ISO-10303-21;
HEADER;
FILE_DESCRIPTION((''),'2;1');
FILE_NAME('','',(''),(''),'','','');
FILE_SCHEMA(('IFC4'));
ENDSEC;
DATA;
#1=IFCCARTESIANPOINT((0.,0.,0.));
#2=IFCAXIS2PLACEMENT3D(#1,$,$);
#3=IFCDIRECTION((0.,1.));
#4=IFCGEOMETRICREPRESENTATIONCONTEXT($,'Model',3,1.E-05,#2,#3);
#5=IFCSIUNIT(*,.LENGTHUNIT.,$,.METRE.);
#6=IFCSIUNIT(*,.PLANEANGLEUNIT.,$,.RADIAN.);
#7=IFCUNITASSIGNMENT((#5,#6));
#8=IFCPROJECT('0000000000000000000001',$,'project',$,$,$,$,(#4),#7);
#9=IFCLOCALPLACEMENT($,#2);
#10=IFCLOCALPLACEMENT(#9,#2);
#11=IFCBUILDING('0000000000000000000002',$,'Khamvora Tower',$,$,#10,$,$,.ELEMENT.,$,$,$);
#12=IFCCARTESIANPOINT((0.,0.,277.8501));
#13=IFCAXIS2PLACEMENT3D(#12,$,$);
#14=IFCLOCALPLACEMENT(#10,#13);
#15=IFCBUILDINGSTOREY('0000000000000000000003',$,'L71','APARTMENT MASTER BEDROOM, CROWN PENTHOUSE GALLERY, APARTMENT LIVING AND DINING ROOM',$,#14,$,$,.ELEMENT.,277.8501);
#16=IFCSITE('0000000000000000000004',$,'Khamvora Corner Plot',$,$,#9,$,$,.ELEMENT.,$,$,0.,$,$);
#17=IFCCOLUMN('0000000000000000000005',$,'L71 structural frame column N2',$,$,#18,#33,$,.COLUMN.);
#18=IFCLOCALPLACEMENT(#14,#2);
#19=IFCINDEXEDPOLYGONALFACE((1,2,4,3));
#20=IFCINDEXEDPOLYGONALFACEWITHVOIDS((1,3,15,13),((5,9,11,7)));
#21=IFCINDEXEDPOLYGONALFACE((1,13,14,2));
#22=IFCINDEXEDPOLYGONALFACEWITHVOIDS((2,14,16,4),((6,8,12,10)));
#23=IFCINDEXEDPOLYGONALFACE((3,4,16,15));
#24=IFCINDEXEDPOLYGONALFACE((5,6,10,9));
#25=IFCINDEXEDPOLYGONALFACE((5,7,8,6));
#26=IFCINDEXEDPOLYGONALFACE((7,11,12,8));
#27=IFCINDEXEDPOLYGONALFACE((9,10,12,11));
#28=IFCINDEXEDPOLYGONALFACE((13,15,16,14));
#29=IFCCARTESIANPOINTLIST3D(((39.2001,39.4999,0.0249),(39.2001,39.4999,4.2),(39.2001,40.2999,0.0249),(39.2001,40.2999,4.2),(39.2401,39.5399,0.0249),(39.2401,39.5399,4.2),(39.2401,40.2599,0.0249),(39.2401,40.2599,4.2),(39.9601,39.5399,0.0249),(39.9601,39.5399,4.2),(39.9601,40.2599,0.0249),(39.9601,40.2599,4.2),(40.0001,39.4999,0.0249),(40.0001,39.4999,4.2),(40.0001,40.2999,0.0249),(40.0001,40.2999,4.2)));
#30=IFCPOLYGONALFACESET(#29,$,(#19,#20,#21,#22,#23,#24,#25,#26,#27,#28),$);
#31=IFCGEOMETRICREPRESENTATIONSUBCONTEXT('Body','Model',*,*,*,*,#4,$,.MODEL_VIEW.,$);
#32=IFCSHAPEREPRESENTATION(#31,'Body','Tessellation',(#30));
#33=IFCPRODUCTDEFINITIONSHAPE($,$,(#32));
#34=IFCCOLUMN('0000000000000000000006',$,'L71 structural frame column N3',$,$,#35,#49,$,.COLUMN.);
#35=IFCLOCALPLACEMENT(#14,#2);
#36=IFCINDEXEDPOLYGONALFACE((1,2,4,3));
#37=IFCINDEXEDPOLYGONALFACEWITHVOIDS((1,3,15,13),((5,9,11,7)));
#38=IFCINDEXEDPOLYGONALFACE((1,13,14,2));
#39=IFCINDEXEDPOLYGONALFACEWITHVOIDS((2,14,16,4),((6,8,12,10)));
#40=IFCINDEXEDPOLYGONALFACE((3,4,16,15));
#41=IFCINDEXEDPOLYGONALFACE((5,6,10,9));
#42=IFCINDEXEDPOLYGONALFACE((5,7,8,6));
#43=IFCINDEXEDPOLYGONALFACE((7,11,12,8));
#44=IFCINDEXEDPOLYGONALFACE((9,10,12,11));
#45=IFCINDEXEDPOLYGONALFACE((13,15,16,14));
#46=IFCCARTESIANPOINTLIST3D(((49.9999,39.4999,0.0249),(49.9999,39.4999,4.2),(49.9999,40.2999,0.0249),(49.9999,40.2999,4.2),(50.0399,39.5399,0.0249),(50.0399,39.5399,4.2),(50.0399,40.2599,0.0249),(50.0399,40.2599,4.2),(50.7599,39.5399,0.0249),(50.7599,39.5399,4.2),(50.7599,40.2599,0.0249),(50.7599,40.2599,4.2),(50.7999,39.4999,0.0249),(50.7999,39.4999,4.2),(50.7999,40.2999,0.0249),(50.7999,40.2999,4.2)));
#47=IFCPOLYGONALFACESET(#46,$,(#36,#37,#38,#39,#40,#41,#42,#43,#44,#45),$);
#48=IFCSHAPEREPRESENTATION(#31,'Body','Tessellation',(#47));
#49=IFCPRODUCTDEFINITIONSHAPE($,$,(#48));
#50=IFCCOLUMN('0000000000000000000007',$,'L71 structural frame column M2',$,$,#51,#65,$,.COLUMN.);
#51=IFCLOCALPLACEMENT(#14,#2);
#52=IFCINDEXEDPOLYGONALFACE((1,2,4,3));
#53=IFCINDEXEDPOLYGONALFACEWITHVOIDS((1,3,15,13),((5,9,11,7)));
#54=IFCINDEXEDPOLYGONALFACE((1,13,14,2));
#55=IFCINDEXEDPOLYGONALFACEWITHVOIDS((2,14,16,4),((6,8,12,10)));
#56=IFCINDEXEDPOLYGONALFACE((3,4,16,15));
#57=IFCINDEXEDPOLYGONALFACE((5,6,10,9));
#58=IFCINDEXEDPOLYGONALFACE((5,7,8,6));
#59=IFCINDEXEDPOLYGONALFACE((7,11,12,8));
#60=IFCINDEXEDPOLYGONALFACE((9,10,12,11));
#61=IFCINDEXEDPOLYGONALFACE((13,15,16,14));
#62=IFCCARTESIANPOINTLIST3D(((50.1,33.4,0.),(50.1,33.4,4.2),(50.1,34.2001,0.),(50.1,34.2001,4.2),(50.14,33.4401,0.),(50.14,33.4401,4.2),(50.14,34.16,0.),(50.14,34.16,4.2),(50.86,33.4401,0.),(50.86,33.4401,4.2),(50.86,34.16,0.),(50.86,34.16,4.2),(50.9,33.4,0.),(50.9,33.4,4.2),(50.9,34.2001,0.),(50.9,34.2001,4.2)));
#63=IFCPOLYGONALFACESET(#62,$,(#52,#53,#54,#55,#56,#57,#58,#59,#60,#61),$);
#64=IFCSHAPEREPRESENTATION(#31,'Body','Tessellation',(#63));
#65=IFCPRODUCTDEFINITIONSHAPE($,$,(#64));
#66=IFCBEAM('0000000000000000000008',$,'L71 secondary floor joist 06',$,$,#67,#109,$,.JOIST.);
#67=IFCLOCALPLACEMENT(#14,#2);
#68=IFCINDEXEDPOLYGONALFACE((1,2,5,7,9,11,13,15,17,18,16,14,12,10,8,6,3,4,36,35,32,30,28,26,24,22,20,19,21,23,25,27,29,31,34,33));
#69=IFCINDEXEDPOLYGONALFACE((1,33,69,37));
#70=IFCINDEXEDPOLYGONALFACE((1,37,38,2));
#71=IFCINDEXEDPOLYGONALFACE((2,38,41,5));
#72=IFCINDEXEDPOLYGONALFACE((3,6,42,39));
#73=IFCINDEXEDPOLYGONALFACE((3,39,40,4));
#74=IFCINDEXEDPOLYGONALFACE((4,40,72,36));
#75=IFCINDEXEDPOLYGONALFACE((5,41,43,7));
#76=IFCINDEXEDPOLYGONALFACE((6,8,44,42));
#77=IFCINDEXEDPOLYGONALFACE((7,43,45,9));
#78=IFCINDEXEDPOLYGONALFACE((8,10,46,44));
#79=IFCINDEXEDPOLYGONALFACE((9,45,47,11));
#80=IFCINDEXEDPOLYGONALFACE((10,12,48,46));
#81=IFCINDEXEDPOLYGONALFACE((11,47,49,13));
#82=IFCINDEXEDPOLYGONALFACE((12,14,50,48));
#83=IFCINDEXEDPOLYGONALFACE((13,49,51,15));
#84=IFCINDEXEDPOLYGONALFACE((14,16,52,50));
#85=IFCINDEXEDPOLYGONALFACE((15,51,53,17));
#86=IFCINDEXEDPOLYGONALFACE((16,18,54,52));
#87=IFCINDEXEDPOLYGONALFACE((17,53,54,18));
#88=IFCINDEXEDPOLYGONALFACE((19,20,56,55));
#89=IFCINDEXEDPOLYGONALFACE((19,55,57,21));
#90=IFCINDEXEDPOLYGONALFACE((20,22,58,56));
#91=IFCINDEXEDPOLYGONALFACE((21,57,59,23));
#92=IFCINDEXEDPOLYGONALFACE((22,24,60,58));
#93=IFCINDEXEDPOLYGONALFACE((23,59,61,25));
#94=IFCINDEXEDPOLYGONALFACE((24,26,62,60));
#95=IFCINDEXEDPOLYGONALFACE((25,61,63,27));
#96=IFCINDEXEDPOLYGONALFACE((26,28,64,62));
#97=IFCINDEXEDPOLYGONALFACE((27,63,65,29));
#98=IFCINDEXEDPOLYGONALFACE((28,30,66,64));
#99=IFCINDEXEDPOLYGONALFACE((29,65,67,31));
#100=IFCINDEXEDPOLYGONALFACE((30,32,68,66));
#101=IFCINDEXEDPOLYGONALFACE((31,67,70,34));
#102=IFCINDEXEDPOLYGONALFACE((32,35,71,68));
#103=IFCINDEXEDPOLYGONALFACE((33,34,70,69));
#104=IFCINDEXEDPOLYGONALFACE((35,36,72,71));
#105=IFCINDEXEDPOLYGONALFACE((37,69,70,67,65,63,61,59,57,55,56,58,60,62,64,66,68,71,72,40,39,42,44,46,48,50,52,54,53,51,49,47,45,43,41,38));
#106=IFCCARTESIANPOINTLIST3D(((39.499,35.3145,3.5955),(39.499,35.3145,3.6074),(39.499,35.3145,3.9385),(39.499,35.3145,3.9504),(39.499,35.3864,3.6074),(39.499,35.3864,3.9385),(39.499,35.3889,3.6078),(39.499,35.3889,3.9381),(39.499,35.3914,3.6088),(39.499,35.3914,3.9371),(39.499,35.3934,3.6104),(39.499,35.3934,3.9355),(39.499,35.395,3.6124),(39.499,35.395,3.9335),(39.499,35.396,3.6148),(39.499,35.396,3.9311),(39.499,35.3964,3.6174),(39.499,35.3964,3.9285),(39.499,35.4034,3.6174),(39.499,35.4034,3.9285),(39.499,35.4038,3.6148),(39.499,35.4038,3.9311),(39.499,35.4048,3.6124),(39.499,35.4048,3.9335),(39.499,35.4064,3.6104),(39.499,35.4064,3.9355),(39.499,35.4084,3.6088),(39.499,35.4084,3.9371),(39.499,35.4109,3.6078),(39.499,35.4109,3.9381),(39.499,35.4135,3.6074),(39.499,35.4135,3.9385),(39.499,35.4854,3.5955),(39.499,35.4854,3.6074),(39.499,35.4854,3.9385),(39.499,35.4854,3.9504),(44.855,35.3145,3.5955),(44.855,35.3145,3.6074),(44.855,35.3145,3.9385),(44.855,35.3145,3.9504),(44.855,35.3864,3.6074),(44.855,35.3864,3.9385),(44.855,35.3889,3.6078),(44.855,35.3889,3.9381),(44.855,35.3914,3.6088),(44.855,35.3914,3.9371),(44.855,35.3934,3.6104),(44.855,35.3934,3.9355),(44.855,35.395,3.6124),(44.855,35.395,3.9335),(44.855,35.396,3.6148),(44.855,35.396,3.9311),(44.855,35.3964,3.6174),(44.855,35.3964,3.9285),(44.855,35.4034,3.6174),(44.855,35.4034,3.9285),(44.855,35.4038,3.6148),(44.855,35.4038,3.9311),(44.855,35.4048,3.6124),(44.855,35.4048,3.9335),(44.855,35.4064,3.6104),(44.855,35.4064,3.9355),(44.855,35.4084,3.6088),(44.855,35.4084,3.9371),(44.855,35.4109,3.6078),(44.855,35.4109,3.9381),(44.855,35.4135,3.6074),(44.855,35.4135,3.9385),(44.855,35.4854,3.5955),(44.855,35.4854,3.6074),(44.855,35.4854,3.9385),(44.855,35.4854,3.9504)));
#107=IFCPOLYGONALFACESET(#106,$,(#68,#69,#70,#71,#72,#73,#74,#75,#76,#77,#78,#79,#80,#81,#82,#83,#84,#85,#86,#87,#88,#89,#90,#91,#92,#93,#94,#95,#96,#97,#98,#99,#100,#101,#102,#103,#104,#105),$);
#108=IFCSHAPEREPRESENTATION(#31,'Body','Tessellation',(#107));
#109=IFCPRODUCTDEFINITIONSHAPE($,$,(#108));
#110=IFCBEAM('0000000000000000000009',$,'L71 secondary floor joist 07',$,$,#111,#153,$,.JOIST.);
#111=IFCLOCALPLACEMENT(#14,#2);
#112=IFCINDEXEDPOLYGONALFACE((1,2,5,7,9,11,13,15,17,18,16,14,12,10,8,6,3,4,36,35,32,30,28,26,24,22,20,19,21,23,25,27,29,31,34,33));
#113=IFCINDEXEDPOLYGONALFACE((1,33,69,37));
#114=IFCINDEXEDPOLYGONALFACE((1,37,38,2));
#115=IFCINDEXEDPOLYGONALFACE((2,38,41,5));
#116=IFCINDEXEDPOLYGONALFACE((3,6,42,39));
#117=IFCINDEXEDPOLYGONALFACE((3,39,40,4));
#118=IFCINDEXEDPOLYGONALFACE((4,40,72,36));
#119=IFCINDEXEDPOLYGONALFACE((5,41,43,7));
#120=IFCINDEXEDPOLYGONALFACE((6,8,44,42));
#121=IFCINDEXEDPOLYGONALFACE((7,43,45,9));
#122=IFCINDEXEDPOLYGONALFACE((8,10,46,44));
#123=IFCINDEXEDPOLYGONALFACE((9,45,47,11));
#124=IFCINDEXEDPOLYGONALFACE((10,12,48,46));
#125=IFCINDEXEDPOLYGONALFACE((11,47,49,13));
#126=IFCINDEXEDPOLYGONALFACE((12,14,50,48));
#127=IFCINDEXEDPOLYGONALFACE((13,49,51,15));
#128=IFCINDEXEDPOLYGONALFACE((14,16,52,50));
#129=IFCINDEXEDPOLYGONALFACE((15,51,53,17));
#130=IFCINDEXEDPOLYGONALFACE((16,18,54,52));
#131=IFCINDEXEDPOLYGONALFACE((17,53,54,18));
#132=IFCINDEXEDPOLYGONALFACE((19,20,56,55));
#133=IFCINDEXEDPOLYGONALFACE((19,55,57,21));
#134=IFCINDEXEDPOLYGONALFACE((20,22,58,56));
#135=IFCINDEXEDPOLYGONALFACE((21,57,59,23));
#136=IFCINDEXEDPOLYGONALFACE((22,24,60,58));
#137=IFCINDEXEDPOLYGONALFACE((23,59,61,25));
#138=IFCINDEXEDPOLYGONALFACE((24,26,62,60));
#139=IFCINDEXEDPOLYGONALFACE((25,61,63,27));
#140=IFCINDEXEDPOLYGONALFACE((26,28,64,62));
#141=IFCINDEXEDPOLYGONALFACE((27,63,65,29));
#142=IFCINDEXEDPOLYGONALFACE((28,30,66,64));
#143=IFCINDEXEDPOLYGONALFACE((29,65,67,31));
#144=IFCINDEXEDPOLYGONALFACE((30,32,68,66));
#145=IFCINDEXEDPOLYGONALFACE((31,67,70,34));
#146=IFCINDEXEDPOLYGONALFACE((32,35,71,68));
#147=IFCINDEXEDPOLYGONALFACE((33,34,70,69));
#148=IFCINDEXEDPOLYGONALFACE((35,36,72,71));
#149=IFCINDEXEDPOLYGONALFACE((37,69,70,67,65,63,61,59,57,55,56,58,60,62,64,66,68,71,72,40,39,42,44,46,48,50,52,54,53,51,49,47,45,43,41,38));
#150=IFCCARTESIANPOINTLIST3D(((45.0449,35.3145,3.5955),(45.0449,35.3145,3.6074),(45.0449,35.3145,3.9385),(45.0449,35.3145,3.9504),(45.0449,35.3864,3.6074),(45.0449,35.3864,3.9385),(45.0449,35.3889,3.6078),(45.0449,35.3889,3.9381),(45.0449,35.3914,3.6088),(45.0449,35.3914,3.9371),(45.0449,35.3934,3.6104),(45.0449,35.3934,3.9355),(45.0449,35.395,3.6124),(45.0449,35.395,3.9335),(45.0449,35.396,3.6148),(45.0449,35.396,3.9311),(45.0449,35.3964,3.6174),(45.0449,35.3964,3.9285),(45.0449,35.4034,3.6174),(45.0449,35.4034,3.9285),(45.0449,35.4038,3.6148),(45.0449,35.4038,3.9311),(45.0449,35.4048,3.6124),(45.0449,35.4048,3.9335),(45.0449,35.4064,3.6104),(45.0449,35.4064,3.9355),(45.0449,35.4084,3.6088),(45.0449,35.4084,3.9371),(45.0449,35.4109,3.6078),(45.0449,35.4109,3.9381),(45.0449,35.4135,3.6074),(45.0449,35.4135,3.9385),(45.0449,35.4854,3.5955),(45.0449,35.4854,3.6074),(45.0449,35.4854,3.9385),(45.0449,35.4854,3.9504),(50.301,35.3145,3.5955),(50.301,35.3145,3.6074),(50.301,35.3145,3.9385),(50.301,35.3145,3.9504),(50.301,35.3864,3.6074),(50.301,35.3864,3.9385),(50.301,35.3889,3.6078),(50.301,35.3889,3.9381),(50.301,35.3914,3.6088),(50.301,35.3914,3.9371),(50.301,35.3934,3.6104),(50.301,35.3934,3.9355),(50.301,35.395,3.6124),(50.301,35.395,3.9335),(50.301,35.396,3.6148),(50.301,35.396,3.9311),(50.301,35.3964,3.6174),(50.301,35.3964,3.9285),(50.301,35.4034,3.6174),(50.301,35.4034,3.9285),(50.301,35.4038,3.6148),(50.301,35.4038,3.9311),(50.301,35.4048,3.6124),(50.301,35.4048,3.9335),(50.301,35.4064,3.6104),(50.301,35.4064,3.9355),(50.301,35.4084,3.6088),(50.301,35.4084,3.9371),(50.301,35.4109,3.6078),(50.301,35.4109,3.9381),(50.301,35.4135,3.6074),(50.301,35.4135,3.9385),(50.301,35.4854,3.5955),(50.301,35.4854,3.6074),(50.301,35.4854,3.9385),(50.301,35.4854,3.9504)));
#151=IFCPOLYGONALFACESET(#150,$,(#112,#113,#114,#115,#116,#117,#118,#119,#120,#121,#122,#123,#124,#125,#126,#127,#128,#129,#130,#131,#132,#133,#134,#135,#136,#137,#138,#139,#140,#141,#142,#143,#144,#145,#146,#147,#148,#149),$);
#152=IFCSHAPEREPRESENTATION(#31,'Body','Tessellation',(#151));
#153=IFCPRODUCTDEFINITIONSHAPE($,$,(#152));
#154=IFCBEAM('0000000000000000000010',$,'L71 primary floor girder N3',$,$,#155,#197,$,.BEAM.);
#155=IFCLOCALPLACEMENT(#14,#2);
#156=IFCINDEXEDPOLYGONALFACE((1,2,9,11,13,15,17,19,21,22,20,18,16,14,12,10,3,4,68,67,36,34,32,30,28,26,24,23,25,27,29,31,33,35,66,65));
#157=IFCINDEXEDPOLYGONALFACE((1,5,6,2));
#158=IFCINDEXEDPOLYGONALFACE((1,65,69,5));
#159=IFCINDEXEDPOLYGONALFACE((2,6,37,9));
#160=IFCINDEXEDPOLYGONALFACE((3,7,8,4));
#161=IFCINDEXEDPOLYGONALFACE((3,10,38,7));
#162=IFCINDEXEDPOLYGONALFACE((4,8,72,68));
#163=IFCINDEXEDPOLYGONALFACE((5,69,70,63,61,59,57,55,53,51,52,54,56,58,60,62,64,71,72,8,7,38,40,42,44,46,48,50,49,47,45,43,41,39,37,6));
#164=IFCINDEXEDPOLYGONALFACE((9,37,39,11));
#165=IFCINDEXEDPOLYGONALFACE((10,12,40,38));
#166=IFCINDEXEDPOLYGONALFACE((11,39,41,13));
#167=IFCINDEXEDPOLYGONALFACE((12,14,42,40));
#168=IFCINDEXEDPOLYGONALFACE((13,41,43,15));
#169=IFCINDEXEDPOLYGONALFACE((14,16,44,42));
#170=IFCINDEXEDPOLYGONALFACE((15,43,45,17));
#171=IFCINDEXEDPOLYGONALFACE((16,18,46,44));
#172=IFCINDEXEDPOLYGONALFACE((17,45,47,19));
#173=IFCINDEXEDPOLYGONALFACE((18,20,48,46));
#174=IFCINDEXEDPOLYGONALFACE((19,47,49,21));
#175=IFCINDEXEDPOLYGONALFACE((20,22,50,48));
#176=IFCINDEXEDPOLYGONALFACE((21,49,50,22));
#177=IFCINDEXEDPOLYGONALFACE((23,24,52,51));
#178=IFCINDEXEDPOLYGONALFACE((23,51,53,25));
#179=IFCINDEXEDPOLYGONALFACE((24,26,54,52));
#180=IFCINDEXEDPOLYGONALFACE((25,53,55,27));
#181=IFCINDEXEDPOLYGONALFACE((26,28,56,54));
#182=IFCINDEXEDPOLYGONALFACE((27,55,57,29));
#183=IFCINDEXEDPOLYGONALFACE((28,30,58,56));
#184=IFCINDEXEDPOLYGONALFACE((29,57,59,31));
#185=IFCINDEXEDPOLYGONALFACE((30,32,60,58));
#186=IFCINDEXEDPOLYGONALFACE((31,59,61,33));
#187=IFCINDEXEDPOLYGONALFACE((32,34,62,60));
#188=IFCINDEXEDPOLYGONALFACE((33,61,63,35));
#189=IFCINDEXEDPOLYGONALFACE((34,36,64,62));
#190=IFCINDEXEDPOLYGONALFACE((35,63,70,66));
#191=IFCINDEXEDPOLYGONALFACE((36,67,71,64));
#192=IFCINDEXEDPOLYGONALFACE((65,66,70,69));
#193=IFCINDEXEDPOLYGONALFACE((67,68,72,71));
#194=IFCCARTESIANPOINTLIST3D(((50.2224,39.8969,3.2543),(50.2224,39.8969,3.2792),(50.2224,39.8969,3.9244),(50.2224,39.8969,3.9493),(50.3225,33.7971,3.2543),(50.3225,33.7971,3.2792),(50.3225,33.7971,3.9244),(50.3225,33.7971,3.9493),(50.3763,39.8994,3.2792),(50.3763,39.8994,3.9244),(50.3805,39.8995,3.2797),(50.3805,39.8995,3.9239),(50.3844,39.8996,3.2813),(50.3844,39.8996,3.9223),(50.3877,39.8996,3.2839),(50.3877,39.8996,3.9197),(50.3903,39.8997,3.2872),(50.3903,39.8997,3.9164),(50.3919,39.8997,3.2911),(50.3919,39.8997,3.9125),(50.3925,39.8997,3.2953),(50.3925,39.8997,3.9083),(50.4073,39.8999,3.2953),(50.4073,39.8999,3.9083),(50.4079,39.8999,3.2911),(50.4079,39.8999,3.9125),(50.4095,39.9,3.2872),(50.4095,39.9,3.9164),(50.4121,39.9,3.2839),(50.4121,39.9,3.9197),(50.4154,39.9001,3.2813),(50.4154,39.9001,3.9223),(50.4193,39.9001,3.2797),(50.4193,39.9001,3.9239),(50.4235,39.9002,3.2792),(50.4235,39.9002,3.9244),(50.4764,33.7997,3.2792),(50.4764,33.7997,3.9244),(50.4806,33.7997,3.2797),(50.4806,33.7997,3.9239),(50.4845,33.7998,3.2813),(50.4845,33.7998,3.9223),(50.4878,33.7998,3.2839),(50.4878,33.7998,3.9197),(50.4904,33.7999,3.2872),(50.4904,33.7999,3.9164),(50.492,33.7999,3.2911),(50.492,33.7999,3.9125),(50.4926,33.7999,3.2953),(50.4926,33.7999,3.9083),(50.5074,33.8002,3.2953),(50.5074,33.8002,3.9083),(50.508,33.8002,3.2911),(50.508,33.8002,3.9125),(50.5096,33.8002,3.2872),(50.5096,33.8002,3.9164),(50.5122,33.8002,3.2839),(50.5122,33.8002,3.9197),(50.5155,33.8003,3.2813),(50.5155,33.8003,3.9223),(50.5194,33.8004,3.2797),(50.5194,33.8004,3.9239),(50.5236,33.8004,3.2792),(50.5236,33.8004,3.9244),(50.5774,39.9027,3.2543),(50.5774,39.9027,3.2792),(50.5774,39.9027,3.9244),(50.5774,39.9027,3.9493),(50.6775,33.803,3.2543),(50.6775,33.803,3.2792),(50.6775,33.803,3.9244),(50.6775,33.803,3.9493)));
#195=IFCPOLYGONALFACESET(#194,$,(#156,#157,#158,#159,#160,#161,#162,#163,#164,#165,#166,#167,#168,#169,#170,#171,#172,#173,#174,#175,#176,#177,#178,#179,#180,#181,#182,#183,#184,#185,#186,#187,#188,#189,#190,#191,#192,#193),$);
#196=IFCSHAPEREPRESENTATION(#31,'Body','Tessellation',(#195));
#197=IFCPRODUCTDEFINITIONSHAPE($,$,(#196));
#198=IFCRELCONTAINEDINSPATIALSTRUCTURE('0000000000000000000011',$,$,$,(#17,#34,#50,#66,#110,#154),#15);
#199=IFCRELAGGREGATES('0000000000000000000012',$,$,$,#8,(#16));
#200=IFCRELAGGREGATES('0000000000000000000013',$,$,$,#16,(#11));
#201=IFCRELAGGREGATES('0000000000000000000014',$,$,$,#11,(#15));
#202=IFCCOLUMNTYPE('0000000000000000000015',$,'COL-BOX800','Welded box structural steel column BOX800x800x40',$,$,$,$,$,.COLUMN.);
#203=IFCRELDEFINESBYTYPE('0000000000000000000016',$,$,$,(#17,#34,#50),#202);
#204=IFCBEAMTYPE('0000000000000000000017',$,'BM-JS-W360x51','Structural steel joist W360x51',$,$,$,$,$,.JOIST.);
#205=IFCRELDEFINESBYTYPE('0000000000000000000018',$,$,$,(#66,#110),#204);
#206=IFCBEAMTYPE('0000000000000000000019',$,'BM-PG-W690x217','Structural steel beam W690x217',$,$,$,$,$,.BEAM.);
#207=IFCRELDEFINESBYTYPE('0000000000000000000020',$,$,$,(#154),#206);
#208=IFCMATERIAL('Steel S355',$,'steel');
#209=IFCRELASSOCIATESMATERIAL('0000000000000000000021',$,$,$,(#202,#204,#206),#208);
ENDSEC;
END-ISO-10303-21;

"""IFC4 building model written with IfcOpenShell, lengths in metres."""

from ifc_helpers import new_model, si_unit, direction, frame, origin, origin_2d, place, context, subcontext, project, spatial, hollow_rectangle, i_section, extrude, material, material_profile, profile_set, type_object, element, save


model = new_model("IFC4")

# Units and contexts
model_context = context("Model", 3, precision=1e-05, world=origin(), true_north=direction((0.0, 1.0)))
body_context = subcontext(model_context, "Body", "Model", "MODEL_VIEW")
ifc_project = project(units=[si_unit("LENGTHUNIT", "METRE"), si_unit("PLANEANGLEUNIT", "RADIAN")], contexts=[model_context])

# Site, building, storey
site_placement = place(None, origin())
site = spatial("IfcSite", under=ifc_project, at=site_placement, Name="Khamvora Corner Plot", CompositionType="ELEMENT", RefElevation=0.0)
building_placement = place(site_placement, origin())
building = spatial("IfcBuilding", under=site, at=building_placement, Name="Khamvora Tower", CompositionType="ELEMENT")
storey_placement = place(building_placement, frame((0.0, 0.0, 277.8501)))
storey = spatial("IfcBuildingStorey", under=building, at=storey_placement, Name="L71", Description="APARTMENT MASTER BEDROOM, CROWN PENTHOUSE GALLERY, APARTMENT LIVING AND DINING ROOM", CompositionType="ELEMENT", Elevation=277.8501)

# Columns
ifc_material_1 = material(Name="Steel S355", Category="steel")
ifc_material_profile_1 = material_profile(ifc_material_1, hollow_rectangle(XDim=0.8, YDim=0.8, WallThickness=0.04, at=origin_2d()), Name="BOX800x800x40")
ifc_profile_set_1 = profile_set([ifc_material_profile_1], Name="Steel S355")
column_type = type_object("IfcColumnType", Name="COL-BOX800", Description="Welded box structural steel column BOX800x800x40", PredefinedType="COLUMN", material=ifc_profile_set_1)
for number, where, z_axis, x_axis, name in (
    (1, (39.6001, 39.8999, 0.0249), (0.0, 0.0, 1.0), (1.0, 0.0, 0.0), "L71 structural frame column N2"),
    (2, (50.3999, 39.8999, 0.0249), (0.0, 0.0, 1.0), (1.0, 0.0, 0.0), "L71 structural frame column N3"),
):
    element("IfcColumn", number, at=place(storey_placement, frame(where, z_axis=z_axis, x_axis=x_axis)), inside=storey, type_object=column_type, Name=name, PredefinedType="COLUMN", context=body_context, shape_type="SweptSolid", body=[
        extrude(hollow_rectangle(XDim=0.8, YDim=0.8, WallThickness=0.04, at=origin_2d()), origin(), (0.0, 0.0, 1.0), 4.175),
    ])
column_placement = place(storey_placement, frame((50.5, 33.8, 0.0), z_axis=(0.0, 0.0, 1.0), x_axis=(1.0, 0.0, 0.0)))
element("IfcColumn", 3, at=column_placement, inside=storey, type_object=column_type, Name="L71 structural frame column M2", PredefinedType="COLUMN", context=body_context, shape_type="SweptSolid", body=[
    extrude(hollow_rectangle(XDim=0.8, YDim=0.8, WallThickness=0.04, at=origin_2d()), origin(), (0.0, 0.0, 1.0), 4.2),
])

# Beams
ifc_material_profile_2 = material_profile(ifc_material_1, i_section(OverallWidth=0.1709, OverallDepth=0.355, WebThickness=0.0071, FlangeThickness=0.012, FilletRadius=0.01, at=origin_2d()), Name="W360x51")
ifc_profile_set_2 = profile_set([ifc_material_profile_2], Name="Steel S355")
beam_type_1 = type_object("IfcBeamType", Name="BM-JS-W360x51", Description="Structural steel joist W360x51", PredefinedType="JOIST", material=ifc_profile_set_2)
beam_1_placement = place(storey_placement, frame((39.499, 35.3999, 3.7729), z_axis=(1.0, 0.0, 0.0), x_axis=(0.0, 1.0, 0.0)))
element("IfcBeam", 4, at=beam_1_placement, inside=storey, type_object=beam_type_1, Name="L71 secondary floor joist 06", PredefinedType="JOIST", context=body_context, shape_type="SweptSolid", body=[
    extrude(i_section(OverallWidth=0.1709, OverallDepth=0.355, WebThickness=0.0071, FlangeThickness=0.012, FilletRadius=0.01, at=origin_2d()), origin(), (0.0, 0.0, 1.0), 5.356),
])
beam_2_placement = place(storey_placement, frame((45.0449, 35.3999, 3.7729), z_axis=(1.0, 0.0, 0.0), x_axis=(0.0, 1.0, 0.0)))
element("IfcBeam", 5, at=beam_2_placement, inside=storey, type_object=beam_type_1, Name="L71 secondary floor joist 07", PredefinedType="JOIST", context=body_context, shape_type="SweptSolid", body=[
    extrude(i_section(OverallWidth=0.1709, OverallDepth=0.355, WebThickness=0.0071, FlangeThickness=0.012, FilletRadius=0.01, at=origin_2d()), origin(), (0.0, 0.0, 1.0), 5.2561),
])
ifc_material_profile_3 = material_profile(ifc_material_1, i_section(OverallWidth=0.355, OverallDepth=0.6951, WebThickness=0.0149, FlangeThickness=0.0249, FilletRadius=0.0161, at=origin_2d()), Name="W690x217")
ifc_profile_set_3 = profile_set([ifc_material_profile_3], Name="Steel S355")
beam_type_2 = type_object("IfcBeamType", Name="BM-PG-W690x217", Description="Structural steel beam W690x217", PredefinedType="BEAM", material=ifc_profile_set_3)
beam_3_placement = place(storey_placement, frame((50.5, 33.8, 3.6018), z_axis=(-0.016408, 0.999865, 0.0), x_axis=(-0.999865, -0.016408, 0.0)))
element("IfcBeam", 6, at=beam_3_placement, inside=storey, type_object=beam_type_2, Name="L71 primary floor girder N3", PredefinedType="BEAM", context=body_context, shape_type="SweptSolid", body=[
    extrude(i_section(OverallWidth=0.355, OverallDepth=0.6951, WebThickness=0.0149, FlangeThickness=0.0249, FilletRadius=0.0161, at=origin_2d()), origin(), (0.0, 0.0, 1.0), 6.1006),
])

save(model, "model.ifc")
